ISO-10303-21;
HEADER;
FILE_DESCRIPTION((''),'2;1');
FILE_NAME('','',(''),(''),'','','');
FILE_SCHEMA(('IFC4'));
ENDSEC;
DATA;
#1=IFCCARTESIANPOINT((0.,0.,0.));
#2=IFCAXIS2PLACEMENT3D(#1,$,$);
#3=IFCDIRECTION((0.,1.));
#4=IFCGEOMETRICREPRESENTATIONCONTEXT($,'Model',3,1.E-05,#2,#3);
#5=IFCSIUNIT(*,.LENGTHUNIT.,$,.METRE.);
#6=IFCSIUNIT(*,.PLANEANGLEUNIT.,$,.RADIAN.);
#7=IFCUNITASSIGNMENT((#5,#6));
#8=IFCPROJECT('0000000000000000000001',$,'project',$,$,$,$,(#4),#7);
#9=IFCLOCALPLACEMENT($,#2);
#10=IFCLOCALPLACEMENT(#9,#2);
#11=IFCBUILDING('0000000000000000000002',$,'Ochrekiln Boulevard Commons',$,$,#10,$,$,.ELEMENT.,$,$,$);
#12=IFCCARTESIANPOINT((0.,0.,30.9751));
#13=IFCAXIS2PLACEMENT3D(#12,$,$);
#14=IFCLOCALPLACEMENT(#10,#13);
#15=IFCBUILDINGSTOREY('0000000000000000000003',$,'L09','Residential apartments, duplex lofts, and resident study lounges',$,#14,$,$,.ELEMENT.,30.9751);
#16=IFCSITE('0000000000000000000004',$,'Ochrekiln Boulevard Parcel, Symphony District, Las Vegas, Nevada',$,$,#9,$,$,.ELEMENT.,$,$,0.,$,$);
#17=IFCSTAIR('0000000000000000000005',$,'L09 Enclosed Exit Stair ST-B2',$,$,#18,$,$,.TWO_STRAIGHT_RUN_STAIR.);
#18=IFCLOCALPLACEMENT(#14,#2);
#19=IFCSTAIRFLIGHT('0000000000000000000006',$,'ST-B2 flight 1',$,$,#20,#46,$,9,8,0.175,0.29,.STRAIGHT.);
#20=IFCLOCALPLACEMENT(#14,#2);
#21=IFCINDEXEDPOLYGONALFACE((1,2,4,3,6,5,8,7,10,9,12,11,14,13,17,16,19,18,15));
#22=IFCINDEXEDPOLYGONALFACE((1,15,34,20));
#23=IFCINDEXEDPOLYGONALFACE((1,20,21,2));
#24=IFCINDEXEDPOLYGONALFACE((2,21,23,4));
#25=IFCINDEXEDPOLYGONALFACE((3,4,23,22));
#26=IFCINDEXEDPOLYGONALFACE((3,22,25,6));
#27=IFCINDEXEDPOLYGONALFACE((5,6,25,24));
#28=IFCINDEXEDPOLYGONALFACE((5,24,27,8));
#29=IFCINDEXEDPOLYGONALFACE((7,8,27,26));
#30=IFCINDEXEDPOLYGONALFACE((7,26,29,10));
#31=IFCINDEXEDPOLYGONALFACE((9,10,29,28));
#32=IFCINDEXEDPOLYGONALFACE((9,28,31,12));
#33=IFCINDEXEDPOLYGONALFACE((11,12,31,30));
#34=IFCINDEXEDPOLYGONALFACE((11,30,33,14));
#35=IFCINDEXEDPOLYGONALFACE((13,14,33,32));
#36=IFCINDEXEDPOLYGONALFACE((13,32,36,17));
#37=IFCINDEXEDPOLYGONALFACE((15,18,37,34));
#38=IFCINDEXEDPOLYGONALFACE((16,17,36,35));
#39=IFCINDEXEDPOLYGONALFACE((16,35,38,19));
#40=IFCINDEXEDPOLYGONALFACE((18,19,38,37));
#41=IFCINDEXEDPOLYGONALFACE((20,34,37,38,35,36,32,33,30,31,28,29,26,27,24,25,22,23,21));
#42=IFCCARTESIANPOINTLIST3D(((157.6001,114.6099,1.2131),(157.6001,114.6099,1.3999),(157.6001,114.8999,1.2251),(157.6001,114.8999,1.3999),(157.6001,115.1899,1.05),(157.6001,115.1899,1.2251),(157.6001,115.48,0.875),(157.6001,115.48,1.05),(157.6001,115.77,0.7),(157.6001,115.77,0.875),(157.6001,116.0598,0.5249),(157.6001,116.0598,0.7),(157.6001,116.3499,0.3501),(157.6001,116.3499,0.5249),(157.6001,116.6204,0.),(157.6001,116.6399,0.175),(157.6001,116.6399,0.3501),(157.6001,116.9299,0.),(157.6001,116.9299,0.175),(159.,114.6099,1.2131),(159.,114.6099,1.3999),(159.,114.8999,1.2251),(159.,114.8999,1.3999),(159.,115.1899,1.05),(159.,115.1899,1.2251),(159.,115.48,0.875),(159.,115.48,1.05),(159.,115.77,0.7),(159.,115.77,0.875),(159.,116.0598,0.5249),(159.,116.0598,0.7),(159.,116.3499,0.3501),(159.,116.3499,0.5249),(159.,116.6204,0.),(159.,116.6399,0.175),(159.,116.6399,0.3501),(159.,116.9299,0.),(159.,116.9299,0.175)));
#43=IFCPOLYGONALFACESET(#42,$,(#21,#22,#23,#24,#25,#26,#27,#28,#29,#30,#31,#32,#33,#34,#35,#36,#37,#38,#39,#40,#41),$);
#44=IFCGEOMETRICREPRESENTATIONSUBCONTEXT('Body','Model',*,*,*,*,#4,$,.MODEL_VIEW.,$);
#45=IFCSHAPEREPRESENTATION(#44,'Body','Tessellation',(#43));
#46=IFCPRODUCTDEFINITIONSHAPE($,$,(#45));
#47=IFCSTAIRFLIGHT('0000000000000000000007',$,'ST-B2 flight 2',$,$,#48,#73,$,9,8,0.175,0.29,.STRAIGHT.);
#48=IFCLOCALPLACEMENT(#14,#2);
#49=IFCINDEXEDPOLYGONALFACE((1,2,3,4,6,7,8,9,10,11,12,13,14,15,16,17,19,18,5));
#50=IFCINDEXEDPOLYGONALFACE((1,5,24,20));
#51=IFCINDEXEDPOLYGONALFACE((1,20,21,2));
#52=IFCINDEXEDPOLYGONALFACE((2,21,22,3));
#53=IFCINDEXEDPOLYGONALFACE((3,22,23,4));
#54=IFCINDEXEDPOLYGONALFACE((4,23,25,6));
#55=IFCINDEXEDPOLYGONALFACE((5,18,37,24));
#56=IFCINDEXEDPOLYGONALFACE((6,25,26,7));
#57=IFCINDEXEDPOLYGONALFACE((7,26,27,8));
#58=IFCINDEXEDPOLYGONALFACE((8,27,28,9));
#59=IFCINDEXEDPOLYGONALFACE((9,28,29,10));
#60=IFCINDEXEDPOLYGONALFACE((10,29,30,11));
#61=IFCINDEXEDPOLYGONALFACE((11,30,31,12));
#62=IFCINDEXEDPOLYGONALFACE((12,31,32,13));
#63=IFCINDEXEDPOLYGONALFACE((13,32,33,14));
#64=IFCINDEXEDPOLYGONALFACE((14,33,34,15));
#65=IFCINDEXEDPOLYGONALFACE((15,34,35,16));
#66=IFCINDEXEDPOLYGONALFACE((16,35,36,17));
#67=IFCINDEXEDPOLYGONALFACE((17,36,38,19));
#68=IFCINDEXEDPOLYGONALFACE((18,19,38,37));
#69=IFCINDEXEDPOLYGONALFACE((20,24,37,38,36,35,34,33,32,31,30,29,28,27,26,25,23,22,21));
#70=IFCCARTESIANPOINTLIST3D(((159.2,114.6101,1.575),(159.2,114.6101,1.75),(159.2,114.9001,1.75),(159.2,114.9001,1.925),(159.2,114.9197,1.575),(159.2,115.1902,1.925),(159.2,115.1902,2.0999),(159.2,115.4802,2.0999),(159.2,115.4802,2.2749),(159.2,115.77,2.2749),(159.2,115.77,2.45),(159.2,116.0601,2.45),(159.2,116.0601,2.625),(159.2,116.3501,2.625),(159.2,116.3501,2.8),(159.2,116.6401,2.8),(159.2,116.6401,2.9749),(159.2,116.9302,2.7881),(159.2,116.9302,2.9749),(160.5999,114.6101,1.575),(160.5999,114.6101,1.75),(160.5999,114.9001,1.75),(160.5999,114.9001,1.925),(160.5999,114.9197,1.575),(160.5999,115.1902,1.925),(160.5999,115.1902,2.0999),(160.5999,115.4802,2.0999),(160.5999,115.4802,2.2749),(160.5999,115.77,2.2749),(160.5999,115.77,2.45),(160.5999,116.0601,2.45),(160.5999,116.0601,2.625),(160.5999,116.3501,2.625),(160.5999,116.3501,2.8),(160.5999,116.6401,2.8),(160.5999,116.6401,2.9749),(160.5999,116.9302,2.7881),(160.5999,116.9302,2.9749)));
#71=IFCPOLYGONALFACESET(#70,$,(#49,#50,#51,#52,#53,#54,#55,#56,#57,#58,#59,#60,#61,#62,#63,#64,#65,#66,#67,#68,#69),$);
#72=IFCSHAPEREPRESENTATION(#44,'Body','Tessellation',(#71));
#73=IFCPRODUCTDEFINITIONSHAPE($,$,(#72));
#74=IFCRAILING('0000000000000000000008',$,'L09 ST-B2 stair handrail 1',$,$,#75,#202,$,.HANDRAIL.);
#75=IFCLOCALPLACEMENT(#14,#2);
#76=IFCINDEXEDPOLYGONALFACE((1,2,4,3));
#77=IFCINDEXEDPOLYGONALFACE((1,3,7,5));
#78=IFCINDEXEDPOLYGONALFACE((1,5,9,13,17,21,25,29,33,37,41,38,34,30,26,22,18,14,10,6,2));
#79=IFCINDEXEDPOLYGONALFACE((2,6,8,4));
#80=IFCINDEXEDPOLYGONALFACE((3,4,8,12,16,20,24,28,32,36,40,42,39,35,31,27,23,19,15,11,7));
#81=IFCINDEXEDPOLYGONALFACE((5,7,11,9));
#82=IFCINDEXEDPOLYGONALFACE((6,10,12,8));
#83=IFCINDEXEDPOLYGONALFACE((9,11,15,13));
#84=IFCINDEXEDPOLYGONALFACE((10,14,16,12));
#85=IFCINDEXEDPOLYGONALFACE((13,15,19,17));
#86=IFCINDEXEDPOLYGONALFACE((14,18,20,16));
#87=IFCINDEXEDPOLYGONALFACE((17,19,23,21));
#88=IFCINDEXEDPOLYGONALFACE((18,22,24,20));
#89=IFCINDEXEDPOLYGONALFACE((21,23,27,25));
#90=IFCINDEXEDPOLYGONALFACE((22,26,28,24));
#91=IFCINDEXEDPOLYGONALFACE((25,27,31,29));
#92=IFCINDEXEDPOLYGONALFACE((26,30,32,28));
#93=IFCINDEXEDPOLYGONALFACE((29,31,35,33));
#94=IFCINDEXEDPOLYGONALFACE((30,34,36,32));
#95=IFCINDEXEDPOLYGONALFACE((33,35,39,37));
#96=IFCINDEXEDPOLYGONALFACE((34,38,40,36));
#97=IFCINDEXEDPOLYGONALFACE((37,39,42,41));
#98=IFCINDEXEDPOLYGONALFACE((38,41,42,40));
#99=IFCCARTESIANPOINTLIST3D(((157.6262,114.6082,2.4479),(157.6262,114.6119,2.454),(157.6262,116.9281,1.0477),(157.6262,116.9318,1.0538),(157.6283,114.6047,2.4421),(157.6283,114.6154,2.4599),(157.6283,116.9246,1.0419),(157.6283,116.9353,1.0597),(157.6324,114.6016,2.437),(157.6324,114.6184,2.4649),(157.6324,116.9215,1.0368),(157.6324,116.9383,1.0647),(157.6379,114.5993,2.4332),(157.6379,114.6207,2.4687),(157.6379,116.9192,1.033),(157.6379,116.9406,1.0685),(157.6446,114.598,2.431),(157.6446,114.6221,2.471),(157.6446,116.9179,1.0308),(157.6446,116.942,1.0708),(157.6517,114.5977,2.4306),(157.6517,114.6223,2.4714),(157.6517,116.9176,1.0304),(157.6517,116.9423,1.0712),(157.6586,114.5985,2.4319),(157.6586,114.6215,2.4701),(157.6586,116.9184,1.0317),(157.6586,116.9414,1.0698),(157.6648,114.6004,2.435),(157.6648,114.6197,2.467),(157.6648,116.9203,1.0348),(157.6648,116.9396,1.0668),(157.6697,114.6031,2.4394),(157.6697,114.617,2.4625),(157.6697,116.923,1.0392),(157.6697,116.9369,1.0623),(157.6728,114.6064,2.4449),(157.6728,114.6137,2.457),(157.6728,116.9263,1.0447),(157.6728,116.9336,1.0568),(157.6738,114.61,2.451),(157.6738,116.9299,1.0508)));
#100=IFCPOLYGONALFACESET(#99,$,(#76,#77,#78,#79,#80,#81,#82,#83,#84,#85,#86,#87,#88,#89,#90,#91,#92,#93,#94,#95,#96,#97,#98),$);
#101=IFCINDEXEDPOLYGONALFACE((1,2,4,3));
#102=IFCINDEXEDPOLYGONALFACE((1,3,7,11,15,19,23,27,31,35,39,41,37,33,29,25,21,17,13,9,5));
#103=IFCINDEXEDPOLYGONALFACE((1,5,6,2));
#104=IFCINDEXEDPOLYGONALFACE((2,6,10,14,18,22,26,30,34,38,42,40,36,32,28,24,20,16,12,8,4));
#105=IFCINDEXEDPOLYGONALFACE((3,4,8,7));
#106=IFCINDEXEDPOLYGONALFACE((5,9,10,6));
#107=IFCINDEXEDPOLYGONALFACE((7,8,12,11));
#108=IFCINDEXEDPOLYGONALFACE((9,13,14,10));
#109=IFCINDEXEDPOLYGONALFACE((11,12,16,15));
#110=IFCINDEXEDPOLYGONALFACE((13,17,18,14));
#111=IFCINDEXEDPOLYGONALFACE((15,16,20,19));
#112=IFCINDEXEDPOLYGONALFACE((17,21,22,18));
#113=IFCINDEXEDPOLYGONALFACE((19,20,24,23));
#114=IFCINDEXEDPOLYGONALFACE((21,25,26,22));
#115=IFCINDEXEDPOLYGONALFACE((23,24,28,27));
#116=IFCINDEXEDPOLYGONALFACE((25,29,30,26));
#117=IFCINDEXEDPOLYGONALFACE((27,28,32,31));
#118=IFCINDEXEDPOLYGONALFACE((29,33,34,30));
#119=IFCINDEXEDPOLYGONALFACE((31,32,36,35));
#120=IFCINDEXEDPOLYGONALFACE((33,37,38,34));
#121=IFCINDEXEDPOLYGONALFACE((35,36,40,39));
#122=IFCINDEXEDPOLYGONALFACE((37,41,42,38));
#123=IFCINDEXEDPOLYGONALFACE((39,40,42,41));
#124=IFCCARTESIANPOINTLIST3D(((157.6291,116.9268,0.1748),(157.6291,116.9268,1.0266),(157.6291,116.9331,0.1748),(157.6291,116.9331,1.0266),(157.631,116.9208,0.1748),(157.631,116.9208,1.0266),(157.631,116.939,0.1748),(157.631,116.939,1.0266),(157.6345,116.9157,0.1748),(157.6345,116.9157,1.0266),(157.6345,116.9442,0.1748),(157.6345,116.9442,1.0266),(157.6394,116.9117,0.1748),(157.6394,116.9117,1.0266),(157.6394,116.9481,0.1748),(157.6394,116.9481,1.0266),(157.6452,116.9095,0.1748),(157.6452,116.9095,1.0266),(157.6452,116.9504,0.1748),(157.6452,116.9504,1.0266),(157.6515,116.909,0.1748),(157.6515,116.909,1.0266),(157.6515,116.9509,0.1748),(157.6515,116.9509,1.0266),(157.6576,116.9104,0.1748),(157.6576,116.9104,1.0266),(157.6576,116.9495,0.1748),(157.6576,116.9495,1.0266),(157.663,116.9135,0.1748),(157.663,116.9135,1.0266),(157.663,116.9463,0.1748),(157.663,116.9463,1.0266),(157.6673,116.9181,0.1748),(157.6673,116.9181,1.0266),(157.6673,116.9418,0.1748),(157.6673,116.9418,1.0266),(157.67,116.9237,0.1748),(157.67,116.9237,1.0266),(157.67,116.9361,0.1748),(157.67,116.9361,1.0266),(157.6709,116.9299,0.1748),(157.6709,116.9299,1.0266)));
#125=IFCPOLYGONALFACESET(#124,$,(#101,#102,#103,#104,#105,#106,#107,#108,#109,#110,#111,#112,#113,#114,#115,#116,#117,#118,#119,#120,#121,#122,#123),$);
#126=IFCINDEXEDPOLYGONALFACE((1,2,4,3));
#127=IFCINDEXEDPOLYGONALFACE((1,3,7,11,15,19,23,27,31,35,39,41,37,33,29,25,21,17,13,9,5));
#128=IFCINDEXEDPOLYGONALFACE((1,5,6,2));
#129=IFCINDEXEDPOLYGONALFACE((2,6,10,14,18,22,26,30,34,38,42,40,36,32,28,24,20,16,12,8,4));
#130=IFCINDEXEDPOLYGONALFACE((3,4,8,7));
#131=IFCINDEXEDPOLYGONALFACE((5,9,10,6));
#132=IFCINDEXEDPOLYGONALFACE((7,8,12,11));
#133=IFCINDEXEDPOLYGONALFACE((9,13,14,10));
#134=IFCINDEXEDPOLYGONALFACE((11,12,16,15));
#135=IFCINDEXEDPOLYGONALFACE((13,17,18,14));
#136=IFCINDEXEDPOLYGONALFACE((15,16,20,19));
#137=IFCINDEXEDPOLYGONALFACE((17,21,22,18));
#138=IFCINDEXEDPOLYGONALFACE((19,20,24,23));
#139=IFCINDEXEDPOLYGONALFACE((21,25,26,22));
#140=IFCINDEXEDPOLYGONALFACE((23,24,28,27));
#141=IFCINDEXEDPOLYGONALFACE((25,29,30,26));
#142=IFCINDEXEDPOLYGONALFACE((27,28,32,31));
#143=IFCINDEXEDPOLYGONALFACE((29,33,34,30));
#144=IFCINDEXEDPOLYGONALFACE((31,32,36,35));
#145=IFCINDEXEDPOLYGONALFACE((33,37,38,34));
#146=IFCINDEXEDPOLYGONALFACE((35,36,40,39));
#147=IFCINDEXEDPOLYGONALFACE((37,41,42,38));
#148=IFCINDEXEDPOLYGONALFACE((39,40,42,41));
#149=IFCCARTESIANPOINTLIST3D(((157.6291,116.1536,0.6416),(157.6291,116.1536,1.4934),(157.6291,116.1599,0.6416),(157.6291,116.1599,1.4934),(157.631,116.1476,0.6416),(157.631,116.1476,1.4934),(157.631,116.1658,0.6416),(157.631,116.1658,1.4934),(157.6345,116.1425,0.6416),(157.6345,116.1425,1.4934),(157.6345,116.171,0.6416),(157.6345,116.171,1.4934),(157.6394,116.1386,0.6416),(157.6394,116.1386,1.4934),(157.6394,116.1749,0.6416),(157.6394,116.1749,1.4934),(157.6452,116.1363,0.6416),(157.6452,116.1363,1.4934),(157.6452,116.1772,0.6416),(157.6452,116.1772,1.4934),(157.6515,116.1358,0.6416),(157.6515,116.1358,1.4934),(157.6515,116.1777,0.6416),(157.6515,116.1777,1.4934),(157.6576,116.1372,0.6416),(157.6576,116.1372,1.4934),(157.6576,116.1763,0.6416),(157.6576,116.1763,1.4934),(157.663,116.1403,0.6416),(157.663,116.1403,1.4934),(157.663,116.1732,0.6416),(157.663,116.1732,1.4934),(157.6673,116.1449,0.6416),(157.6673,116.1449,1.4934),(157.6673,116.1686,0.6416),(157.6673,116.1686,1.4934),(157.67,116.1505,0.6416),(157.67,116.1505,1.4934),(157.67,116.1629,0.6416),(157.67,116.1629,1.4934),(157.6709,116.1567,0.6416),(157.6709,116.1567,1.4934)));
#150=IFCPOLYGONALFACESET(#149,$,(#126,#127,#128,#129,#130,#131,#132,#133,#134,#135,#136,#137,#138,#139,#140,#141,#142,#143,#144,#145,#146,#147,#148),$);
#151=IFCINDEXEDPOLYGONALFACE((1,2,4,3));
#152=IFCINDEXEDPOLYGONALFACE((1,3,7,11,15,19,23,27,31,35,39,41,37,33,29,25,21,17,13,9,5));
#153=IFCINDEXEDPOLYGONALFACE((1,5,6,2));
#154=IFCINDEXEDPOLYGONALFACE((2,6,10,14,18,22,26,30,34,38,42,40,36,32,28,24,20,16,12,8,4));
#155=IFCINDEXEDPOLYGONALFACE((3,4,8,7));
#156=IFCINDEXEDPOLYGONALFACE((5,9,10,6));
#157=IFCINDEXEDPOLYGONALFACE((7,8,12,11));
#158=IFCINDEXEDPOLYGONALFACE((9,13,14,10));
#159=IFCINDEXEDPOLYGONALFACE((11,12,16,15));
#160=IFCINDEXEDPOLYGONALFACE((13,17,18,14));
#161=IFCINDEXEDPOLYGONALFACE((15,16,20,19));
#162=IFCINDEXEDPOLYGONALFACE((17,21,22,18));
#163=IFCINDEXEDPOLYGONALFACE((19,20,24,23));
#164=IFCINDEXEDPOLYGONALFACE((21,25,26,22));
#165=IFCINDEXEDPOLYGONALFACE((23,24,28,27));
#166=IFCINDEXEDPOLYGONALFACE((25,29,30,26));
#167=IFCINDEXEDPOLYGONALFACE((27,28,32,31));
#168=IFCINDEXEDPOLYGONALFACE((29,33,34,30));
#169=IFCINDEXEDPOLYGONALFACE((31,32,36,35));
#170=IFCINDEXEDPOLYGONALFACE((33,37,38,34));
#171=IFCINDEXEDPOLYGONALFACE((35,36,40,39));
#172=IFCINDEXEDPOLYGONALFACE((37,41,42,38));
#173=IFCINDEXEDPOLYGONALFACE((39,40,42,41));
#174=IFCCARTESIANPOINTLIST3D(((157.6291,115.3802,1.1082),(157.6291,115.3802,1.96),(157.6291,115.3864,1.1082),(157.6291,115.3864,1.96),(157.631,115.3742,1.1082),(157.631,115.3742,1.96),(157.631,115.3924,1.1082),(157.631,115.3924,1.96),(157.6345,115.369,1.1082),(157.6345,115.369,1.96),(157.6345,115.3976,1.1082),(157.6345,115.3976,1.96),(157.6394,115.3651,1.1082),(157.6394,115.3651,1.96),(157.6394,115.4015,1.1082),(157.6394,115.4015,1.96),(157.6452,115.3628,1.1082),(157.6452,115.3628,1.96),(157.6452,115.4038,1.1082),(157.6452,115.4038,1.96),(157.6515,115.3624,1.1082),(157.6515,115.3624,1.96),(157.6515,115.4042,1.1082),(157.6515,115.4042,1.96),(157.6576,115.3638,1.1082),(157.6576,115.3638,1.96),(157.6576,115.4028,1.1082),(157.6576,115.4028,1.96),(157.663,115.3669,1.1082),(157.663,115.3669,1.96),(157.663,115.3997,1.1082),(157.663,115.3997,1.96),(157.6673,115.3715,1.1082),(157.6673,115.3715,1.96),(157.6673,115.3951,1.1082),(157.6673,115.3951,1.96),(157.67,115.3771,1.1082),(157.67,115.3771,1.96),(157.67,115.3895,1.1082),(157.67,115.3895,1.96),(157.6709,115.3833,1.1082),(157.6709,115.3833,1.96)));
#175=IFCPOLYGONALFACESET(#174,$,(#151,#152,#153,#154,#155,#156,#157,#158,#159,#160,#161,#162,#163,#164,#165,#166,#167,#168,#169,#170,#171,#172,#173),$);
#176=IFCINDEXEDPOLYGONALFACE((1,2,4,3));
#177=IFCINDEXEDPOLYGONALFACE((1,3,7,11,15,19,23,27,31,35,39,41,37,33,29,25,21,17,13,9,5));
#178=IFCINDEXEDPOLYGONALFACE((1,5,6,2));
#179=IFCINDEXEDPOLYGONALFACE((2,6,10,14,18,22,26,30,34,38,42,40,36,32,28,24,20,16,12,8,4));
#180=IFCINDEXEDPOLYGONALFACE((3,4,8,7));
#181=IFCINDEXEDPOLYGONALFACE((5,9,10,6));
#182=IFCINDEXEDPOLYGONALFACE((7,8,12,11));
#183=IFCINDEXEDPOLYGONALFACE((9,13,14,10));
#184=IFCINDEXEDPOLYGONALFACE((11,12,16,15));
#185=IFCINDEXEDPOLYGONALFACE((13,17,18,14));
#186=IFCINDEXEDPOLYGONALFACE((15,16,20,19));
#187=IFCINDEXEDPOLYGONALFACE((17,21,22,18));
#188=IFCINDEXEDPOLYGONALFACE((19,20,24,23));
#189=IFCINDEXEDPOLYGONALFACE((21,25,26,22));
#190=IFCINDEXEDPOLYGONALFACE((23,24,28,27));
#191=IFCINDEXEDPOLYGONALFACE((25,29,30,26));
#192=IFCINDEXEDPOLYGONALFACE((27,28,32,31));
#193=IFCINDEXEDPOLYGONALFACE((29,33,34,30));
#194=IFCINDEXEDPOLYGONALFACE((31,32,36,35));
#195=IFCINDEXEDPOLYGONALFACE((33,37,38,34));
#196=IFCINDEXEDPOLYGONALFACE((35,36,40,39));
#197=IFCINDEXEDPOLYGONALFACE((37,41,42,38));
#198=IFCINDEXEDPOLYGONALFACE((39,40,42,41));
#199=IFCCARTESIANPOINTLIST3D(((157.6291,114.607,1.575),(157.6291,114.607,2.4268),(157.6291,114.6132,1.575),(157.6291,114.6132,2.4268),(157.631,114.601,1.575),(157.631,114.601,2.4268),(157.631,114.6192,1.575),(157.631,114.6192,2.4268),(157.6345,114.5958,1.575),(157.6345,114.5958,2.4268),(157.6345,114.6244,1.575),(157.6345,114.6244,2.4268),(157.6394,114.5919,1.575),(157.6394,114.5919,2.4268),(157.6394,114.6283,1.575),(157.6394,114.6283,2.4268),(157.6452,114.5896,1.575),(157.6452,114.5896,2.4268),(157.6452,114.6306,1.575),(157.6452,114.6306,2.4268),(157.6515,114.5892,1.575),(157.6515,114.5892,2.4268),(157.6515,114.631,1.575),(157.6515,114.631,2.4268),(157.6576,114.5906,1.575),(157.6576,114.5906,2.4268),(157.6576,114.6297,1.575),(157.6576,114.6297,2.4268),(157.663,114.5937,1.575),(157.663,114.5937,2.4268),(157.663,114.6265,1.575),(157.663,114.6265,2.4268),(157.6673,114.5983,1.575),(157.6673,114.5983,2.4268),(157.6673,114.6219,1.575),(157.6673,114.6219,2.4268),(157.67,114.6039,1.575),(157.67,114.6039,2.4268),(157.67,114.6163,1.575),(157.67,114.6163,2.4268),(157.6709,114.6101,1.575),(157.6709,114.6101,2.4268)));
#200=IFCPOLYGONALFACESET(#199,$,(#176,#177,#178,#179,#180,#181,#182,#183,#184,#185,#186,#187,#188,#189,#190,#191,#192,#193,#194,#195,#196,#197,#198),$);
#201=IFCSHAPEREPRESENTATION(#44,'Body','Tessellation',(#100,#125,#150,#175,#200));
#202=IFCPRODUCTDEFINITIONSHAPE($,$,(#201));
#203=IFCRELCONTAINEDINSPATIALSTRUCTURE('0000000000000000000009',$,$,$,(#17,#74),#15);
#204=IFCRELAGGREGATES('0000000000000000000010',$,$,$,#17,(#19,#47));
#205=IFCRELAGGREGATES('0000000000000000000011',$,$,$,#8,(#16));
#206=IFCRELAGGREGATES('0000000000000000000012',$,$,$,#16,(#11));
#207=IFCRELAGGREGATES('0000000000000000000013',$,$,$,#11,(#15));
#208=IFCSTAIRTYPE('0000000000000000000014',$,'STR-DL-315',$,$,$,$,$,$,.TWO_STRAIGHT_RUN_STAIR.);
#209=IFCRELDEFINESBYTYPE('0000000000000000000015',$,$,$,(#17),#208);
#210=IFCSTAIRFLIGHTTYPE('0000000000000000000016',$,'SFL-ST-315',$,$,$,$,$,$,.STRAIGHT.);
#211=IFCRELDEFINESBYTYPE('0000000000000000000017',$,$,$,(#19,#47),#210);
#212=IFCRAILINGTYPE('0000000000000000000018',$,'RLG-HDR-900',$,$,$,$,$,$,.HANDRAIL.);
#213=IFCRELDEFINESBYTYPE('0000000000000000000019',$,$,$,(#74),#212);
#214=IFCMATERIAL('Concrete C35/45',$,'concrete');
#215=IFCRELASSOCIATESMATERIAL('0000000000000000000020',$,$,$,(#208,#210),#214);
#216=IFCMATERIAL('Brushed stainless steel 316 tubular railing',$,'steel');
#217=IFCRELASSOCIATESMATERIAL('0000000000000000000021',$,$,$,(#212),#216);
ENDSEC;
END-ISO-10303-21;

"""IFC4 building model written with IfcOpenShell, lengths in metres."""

from ifc_helpers import new_model, si_unit, direction, frame, origin, origin_2d, place, context, subcontext, project, spatial, polyline, circle, outline, extrude, material, type_object, element, aggregate, save


model = new_model("IFC4")

# Units and contexts
model_context = context("Model", 3, precision=1e-05, world=origin(), true_north=direction((0.0, 1.0)))
body_context = subcontext(model_context, "Body", "Model", "MODEL_VIEW")
ifc_project = project(units=[si_unit("LENGTHUNIT", "METRE"), si_unit("PLANEANGLEUNIT", "RADIAN")], contexts=[model_context])

# Site, building, storey
site_placement = place(None, origin())
site = spatial("IfcSite", under=ifc_project, at=site_placement, Name="Ochrekiln Boulevard Parcel, Symphony District, Las Vegas, Nevada", CompositionType="ELEMENT", RefElevation=0.0)
building_placement = place(site_placement, origin())
building = spatial("IfcBuilding", under=site, at=building_placement, Name="Ochrekiln Boulevard Commons", CompositionType="ELEMENT")
storey_placement = place(building_placement, frame((0.0, 0.0, 30.9751)))
storey = spatial("IfcBuildingStorey", under=building, at=storey_placement, Name="L09", Description="Residential apartments, duplex lofts, and resident study lounges", CompositionType="ELEMENT", Elevation=30.9751)

# Shared definitions
ifc_material_1 = material(Name="Concrete C35/45", Category="concrete")

# Stair, stair flights
stair_type = type_object("IfcStairType", Name="STR-DL-315", PredefinedType="TWO_STRAIGHT_RUN_STAIR", material=ifc_material_1)
stair_placement = place(storey_placement, origin())
stair = element("IfcStair", 1, at=stair_placement, inside=storey, type_object=stair_type, Name="L09 Enclosed Exit Stair ST-B2", PredefinedType="TWO_STRAIGHT_RUN_STAIR")
stair_flight_type = type_object("IfcStairFlightType", Name="SFL-ST-315", PredefinedType="STRAIGHT", material=ifc_material_1)
stair_flight_1_placement = place(storey_placement, frame((158.3, 116.9299, 0.0), z_axis=(0.0, 0.0, 1.0), x_axis=(0.0, -1.0, 0.0)))
stair_flight_1 = element("IfcStairFlight", 2, at=stair_flight_1_placement, type_object=stair_flight_type, Name="ST-B2 flight 1", NumberOfRisers=9, NumberOfTreads=8, PredefinedType="STRAIGHT", RiserHeight=0.175, TreadLength=0.29, context=body_context, shape_type="SweptSolid", body=[
    extrude(outline(polyline([(0.0, 0.0), (0.0, 0.175), (0.29, 0.175), (0.29, 0.3501), (0.5801, 0.3501), (0.5801, 0.5249), (0.8701, 0.5249), (0.8701, 0.7), (1.1599, 0.7), (1.1599, 0.875), (1.45, 0.875), (1.45, 1.05), (1.74, 1.05), (1.74, 1.2251), (2.03, 1.2251), (2.03, 1.3999), (2.3201, 1.3999), (2.3201, 1.575), (2.3201, 1.2131), (0.3096, 0.0), (0.0, 0.0)])), frame((0.0, 0.7, 0.0), z_axis=(0.0, -1.0, 0.0), x_axis=(1.0, 0.0, 0.0)), (0.0, 0.0, 1.0), 1.3999),
])
stair_flight_2_placement = place(storey_placement, frame((159.8999, 114.6101, 1.575), z_axis=(0.0, 0.0, 1.0), x_axis=(0.0, 1.0, 0.0)))
stair_flight_2 = element("IfcStairFlight", 3, at=stair_flight_2_placement, type_object=stair_flight_type, Name="ST-B2 flight 2", NumberOfRisers=9, NumberOfTreads=8, PredefinedType="STRAIGHT", RiserHeight=0.175, TreadLength=0.29, context=body_context, shape_type="SweptSolid", body=[
    extrude(outline(polyline([(0.0, 0.0), (0.0, 0.175), (0.29, 0.175), (0.29, 0.3501), (0.5801, 0.3501), (0.5801, 0.5249), (0.8701, 0.5249), (0.8701, 0.7), (1.1599, 0.7), (1.1599, 0.875), (1.45, 0.875), (1.45, 1.05), (1.74, 1.05), (1.74, 1.2251), (2.03, 1.2251), (2.03, 1.3999), (2.3201, 1.3999), (2.3201, 1.575), (2.3201, 1.2131), (0.3096, 0.0), (0.0, 0.0)])), frame((0.0, 0.7, 0.0), z_axis=(0.0, -1.0, 0.0), x_axis=(1.0, 0.0, 0.0)), (0.0, 0.0, 1.0), 1.3999),
])
aggregate(stair, [stair_flight_1, stair_flight_2])

# Railing
ifc_material_2 = material(Name="Brushed stainless steel 316 tubular railing", Category="steel")
railing_type_1 = type_object("IfcRailingType", Name="RLG-HDR-900", PredefinedType="HANDRAIL", material=ifc_material_2)
railing_1_placement = place(storey_placement, frame((157.6499, 116.9299, 0.1748)))
element("IfcRailing", 4, at=railing_1_placement, inside=storey, type_object=railing_type_1, Name="L09 ST-B2 stair handrail 1", PredefinedType="HANDRAIL", context=body_context, shape_type="SweptSolid", body=[
    extrude(circle(Radius=0.0239, at=origin_2d()), frame((0.0, 0.0, 0.876), z_axis=(0.0, -0.856146, 0.516733), x_axis=(1.0, 0.0, 0.0)), (0.0, 0.0, 1.0), 2.7097),
    extrude(circle(Radius=0.021, at=origin_2d()), origin(), (0.0, 0.0, 1.0), 0.8518),
    extrude(circle(Radius=0.021, at=origin_2d()), frame((0.0, -0.7732, 0.4668)), (0.0, 0.0, 1.0), 0.8518),
    extrude(circle(Radius=0.021, at=origin_2d()), frame((0.0, -1.5466, 0.9333)), (0.0, 0.0, 1.0), 0.8518),
    extrude(circle(Radius=0.021, at=origin_2d()), frame((0.0, -2.3198, 1.4001)), (0.0, 0.0, 1.0), 0.8518),
])

save(model, "model.ifc")
